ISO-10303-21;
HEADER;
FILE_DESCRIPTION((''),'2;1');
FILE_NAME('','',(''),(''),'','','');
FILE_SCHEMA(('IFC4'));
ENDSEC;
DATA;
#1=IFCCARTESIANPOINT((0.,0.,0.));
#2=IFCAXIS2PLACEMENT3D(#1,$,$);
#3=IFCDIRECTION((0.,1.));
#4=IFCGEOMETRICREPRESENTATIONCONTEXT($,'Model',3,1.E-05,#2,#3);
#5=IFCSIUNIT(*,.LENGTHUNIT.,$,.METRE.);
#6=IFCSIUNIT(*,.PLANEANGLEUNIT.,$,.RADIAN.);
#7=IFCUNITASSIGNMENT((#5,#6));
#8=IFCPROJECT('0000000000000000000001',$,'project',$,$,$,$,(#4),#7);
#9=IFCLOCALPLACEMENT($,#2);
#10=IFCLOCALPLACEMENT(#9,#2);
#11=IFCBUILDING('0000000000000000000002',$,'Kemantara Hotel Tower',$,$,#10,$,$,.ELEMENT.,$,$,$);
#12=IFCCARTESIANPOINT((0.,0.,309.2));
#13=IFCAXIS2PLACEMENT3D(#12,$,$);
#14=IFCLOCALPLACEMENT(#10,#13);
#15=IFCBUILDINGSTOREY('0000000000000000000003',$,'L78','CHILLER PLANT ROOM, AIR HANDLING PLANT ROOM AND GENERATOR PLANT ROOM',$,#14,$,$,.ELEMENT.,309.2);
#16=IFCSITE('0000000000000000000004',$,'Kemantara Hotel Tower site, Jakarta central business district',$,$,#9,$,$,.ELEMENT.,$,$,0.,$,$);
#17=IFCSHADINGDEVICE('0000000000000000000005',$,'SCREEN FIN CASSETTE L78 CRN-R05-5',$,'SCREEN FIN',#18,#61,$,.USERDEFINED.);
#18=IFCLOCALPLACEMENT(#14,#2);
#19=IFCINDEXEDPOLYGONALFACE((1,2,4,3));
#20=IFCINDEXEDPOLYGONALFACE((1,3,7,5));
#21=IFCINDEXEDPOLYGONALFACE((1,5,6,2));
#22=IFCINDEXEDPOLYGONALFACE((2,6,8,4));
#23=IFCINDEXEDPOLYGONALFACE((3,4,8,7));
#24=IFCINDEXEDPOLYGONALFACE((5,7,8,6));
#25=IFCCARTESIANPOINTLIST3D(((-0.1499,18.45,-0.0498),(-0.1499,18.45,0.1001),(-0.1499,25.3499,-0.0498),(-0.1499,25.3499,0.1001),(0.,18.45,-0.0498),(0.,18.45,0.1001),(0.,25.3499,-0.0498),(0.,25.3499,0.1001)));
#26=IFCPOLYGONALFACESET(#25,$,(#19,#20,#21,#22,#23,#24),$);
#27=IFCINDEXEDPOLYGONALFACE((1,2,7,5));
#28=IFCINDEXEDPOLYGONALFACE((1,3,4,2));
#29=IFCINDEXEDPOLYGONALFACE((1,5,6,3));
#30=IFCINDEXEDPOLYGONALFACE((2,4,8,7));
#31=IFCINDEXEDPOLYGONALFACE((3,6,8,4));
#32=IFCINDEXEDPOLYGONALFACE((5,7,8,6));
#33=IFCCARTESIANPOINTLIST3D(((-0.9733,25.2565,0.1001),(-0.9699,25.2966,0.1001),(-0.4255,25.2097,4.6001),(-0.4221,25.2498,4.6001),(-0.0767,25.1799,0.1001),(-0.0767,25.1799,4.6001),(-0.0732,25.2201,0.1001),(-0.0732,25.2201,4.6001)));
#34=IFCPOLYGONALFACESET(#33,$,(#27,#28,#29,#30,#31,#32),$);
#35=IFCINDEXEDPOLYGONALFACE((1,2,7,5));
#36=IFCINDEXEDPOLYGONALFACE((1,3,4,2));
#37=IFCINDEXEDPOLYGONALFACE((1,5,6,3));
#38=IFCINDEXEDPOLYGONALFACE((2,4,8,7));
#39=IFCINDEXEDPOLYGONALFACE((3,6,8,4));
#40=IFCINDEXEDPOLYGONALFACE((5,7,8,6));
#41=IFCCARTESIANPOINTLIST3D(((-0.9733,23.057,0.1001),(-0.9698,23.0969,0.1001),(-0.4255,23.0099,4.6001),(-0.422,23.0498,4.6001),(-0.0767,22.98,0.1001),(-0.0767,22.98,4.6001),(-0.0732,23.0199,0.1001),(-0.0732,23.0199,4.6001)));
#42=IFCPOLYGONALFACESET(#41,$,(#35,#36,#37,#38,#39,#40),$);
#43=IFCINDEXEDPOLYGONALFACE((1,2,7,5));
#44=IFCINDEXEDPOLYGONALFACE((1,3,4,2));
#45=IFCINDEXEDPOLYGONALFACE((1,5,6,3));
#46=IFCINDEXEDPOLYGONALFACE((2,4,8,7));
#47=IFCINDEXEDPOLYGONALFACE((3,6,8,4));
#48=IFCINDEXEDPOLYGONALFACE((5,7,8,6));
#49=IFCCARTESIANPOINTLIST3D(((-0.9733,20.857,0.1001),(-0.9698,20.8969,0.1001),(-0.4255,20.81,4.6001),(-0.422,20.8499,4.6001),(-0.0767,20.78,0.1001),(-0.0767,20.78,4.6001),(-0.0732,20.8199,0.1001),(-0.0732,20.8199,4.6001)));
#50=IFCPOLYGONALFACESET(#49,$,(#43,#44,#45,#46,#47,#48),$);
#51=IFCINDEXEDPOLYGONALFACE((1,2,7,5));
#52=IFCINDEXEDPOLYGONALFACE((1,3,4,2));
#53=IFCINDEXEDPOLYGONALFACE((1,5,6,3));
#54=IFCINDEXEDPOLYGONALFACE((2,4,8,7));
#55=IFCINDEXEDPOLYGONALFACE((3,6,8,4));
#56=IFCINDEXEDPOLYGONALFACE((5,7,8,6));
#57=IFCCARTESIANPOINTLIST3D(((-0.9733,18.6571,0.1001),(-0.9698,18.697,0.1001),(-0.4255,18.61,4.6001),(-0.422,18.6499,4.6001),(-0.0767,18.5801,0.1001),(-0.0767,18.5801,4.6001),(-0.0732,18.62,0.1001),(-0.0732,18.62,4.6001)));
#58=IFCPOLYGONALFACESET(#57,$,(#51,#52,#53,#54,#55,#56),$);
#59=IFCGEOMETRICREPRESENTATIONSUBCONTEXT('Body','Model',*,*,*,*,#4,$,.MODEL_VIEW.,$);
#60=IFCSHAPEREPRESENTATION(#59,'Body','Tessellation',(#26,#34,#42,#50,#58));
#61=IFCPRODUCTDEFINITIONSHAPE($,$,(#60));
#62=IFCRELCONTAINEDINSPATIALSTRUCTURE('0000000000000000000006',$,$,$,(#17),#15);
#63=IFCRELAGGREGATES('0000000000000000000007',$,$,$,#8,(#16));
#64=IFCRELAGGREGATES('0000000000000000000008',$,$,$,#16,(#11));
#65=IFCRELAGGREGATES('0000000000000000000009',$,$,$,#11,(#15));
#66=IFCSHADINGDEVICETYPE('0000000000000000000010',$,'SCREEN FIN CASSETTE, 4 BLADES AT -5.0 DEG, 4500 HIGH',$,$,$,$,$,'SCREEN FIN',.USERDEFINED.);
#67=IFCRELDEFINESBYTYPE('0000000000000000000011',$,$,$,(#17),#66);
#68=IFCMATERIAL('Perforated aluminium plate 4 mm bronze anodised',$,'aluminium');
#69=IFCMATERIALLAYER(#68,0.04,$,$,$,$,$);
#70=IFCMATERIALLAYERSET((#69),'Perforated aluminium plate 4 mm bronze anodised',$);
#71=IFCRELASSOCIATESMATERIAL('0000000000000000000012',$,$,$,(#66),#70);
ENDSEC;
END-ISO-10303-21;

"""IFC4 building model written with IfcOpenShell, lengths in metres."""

from ifc_helpers import new_model, si_unit, direction, frame, origin, origin_2d, place, context, subcontext, project, spatial, polyline, rectangle, outline, extrude, source, transform, mapped, material, layer, layer_set, type_object, element, save


model = new_model("IFC4")

# Units and contexts
model_context = context("Model", 3, precision=1e-05, world=origin(), true_north=direction((0.0, 1.0)))
body_context = subcontext(model_context, "Body", "Model", "MODEL_VIEW")
ifc_project = project(units=[si_unit("LENGTHUNIT", "METRE"), si_unit("PLANEANGLEUNIT", "RADIAN")], contexts=[model_context])

# Site, building, storey
site_placement = place(None, origin())
site = spatial("IfcSite", under=ifc_project, at=site_placement, Name="Kemantara Hotel Tower site, Jakarta central business district", CompositionType="ELEMENT", RefElevation=0.0)
building_placement = place(site_placement, origin())
building = spatial("IfcBuilding", under=site, at=building_placement, Name="Kemantara Hotel Tower", CompositionType="ELEMENT")
storey_placement = place(building_placement, frame((0.0, 0.0, 309.2)))
storey = spatial("IfcBuildingStorey", under=building, at=storey_placement, Name="L78", Description="CHILLER PLANT ROOM, AIR HANDLING PLANT ROOM AND GENERATOR PLANT ROOM", CompositionType="ELEMENT", Elevation=309.2)

# Shading device
ifc_material_1 = material(Name="Perforated aluminium plate 4 mm bronze anodised", Category="aluminium")
ifc_layer_1 = layer(ifc_material_1, 0.04)
ifc_layer_set_1 = layer_set([ifc_layer_1], Name="Perforated aluminium plate 4 mm bronze anodised")
shading_device_type = type_object("IfcShadingDeviceType", Name="SCREEN FIN CASSETTE, 4 BLADES AT -5.0 DEG, 4500 HIGH", ElementType="SCREEN FIN", PredefinedType="USERDEFINED", material=ifc_layer_set_1)
shared_shape_1 = source(origin(), body_context, "Body", "SweptSolid", [
    extrude(rectangle(XDim=6.8999, YDim=0.1499, at=origin_2d()), frame((3.3, -0.075, -0.1499), z_axis=(0.0, 0.0, 1.0), x_axis=(1.0, 0.0, 0.0)), (0.0, 0.0, 1.0), 0.1499),
    extrude(outline(polyline([(0.0, 0.0), (0.8999, 0.0), (0.3501, 4.5), (0.0, 4.5), (0.0, 0.0)])), frame((0.02, -0.0767, 0.0), z_axis=(-0.996376, 0.085056, 0.0), x_axis=(-0.085056, -0.996376, 0.0)), (0.0, 0.0, 1.0), 0.0403),
    extrude(outline(polyline([(0.0, 0.0), (0.8999, 0.0), (0.3501, 4.5), (0.0, 4.5), (0.0, 0.0)])), frame((2.22, -0.0767, 0.0), z_axis=(-0.996332, 0.085575, 0.0), x_axis=(-0.085575, -0.996332, 0.0)), (0.0, 0.0, 1.0), 0.04),
    extrude(outline(polyline([(0.0, 0.0), (0.8999, 0.0), (0.3501, 4.5), (0.0, 4.5), (0.0, 0.0)])), frame((4.4199, -0.0767, 0.0), z_axis=(-0.996332, 0.085575, 0.0), x_axis=(-0.085575, -0.996332, 0.0)), (0.0, 0.0, 1.0), 0.04),
    extrude(outline(polyline([(0.0, 0.0), (0.8999, 0.0), (0.3501, 4.5), (0.0, 4.5), (0.0, 0.0)])), frame((6.6199, -0.0767, 0.0), z_axis=(-0.996332, 0.085575, 0.0), x_axis=(-0.085575, -0.996332, 0.0)), (0.0, 0.0, 1.0), 0.04),
])
shading_device_placement = place(storey_placement, frame((0.0, 25.2, 0.1001), z_axis=(0.0, 0.0, 1.0), x_axis=(0.0, -1.0, 0.0)))
element("IfcShadingDevice", 1, at=shading_device_placement, inside=storey, type_object=shading_device_type, Name="SCREEN FIN CASSETTE L78 CRN-R05-5", ObjectType="SCREEN FIN", PredefinedType="USERDEFINED", context=body_context, shape_type="MappedRepresentation", body=[
    mapped(shared_shape_1, transform((0.0, 0.0, 0.0))),
])

save(model, "model.ifc")
